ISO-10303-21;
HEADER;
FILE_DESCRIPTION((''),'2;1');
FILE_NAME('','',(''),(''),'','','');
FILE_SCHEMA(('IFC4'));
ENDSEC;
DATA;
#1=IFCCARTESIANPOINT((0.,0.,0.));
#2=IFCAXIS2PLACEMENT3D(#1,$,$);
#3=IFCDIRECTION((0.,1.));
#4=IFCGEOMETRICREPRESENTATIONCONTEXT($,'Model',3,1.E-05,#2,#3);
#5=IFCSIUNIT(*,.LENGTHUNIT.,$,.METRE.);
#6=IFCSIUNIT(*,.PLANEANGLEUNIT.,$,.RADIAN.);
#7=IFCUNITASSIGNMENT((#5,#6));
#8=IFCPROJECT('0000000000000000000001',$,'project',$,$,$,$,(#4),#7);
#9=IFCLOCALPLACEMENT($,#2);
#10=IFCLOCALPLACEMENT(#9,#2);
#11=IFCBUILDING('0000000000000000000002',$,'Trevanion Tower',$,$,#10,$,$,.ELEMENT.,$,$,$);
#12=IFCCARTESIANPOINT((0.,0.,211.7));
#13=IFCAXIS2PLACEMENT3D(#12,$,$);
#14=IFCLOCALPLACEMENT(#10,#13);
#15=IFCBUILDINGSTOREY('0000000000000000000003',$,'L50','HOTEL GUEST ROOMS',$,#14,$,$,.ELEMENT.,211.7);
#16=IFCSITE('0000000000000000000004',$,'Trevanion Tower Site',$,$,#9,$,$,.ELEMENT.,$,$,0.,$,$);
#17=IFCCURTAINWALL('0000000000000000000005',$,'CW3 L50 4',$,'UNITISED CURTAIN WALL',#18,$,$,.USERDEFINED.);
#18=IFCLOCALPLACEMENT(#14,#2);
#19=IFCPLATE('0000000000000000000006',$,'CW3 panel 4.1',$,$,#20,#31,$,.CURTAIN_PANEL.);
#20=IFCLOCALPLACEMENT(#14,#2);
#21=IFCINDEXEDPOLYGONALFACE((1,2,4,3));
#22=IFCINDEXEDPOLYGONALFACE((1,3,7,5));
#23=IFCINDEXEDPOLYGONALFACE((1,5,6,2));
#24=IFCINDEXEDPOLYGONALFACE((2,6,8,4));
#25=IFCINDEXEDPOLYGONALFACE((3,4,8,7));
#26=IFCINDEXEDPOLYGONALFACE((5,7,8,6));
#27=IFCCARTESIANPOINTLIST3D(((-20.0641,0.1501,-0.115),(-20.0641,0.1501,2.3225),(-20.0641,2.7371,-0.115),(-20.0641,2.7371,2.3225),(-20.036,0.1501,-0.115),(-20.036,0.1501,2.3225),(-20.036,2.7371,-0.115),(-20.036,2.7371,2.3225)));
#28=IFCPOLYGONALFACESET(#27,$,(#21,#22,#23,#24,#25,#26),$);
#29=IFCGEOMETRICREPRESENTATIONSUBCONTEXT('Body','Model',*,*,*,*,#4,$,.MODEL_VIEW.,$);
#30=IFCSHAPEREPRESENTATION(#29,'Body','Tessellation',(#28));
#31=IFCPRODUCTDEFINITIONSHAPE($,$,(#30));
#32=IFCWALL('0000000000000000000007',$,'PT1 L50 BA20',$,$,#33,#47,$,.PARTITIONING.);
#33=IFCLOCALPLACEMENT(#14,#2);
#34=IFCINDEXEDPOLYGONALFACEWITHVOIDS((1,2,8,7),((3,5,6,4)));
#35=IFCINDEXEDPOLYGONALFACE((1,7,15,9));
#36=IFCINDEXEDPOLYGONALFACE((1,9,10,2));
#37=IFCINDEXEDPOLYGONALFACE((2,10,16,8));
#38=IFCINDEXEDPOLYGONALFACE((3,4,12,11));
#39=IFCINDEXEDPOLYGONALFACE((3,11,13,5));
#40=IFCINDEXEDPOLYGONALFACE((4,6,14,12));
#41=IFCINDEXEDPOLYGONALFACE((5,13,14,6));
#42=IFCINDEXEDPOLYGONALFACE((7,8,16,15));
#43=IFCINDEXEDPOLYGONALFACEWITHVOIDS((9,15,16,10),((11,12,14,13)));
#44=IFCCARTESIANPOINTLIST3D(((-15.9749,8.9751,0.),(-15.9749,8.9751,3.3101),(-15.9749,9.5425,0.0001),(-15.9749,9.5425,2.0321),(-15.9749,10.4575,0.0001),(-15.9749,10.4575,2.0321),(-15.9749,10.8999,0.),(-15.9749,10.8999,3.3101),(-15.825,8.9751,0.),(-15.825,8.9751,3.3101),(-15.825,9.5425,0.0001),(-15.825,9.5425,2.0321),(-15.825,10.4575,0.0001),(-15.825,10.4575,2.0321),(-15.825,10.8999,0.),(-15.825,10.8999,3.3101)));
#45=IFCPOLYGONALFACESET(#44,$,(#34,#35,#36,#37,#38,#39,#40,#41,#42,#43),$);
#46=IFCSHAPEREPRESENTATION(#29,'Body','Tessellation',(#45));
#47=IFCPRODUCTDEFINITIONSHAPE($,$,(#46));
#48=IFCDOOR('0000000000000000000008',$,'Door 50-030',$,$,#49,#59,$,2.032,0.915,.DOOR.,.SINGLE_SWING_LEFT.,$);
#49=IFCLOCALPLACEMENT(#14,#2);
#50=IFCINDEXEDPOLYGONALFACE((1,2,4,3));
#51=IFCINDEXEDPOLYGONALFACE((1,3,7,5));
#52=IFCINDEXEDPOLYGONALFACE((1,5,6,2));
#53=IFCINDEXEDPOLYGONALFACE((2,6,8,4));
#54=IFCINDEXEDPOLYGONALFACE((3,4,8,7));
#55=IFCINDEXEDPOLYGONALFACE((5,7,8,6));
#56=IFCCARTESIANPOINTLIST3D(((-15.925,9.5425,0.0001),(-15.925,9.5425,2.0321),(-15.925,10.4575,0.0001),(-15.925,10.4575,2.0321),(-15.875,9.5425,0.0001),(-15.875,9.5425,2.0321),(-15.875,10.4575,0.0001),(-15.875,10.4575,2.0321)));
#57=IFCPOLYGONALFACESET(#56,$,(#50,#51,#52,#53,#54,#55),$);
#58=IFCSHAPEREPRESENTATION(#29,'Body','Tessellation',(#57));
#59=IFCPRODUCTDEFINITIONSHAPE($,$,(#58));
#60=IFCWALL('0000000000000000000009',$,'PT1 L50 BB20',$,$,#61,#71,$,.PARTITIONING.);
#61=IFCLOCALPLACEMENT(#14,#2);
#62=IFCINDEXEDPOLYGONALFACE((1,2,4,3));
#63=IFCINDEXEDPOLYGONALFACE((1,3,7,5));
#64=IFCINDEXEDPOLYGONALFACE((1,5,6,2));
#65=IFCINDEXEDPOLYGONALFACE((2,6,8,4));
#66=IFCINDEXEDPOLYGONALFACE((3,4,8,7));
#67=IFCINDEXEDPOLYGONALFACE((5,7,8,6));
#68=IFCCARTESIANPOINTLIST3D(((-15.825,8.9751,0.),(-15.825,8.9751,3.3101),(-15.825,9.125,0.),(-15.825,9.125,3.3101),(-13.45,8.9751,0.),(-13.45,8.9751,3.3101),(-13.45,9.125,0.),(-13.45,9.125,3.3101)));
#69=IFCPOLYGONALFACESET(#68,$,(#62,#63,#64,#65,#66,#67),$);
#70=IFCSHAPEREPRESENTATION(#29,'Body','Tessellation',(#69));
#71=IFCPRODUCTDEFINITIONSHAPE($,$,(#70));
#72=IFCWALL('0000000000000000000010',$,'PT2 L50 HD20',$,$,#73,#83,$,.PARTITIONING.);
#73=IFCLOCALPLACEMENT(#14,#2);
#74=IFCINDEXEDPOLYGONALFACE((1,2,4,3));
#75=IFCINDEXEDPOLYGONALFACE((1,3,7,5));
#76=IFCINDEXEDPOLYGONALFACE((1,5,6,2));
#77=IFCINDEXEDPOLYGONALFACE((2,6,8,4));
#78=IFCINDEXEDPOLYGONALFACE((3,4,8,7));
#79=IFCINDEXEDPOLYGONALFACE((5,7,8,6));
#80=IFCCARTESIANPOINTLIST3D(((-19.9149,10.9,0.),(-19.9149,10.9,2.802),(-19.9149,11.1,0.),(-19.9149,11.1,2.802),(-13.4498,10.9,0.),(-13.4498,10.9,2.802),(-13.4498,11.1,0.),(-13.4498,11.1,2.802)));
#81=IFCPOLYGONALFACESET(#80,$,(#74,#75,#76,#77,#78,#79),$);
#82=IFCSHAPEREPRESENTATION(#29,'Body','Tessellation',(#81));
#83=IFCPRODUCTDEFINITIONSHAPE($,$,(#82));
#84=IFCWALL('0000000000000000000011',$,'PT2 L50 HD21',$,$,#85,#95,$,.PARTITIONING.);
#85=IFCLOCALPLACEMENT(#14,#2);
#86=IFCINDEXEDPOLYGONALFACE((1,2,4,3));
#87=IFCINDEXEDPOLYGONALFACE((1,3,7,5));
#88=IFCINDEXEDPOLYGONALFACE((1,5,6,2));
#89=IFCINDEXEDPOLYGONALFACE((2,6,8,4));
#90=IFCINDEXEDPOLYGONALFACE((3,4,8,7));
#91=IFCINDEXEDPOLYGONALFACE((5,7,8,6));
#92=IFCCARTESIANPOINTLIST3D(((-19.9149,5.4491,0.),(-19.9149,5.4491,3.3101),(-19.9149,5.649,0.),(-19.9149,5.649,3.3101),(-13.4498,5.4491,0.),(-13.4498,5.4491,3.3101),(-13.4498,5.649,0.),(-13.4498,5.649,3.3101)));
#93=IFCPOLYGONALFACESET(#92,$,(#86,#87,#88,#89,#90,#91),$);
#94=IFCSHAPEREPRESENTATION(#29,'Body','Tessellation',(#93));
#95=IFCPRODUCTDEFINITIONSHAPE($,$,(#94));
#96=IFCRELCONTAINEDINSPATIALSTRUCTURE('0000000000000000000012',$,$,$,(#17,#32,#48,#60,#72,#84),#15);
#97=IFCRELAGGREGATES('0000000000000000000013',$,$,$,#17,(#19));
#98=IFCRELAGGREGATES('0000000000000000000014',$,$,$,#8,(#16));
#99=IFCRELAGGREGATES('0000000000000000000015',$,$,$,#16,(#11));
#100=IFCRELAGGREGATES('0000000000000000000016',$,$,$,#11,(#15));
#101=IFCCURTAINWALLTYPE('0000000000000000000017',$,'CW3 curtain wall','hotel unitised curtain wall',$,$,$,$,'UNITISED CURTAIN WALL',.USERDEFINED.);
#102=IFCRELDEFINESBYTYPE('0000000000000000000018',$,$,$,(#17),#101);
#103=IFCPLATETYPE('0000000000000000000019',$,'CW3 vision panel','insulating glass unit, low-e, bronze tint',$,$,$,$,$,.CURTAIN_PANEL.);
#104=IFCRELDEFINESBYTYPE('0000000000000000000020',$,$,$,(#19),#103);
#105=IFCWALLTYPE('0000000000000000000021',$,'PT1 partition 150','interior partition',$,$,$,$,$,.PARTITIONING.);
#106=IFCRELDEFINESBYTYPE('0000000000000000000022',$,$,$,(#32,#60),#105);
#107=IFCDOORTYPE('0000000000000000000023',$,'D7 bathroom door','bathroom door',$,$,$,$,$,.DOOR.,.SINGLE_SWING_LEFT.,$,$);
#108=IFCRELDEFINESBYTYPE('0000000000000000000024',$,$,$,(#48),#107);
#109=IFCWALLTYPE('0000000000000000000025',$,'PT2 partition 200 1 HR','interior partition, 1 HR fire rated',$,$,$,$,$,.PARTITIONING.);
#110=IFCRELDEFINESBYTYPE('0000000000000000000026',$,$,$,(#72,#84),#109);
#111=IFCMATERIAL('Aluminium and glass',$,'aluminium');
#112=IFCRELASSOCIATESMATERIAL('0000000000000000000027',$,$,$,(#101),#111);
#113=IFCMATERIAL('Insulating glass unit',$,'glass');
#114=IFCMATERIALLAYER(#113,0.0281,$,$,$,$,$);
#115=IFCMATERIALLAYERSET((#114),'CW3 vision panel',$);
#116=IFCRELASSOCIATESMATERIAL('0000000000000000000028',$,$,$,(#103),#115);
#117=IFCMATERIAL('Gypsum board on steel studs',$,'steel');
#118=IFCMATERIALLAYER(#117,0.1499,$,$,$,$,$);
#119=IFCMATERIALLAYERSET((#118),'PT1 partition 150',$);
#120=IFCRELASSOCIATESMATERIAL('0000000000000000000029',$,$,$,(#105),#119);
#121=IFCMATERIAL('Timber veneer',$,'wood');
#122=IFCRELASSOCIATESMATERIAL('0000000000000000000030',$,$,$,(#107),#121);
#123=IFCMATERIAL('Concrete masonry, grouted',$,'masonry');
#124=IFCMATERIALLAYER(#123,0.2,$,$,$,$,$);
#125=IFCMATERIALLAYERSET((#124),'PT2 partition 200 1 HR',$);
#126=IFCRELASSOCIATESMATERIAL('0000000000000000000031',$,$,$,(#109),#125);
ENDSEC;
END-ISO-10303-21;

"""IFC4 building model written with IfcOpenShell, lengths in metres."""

from ifc_helpers import new_model, si_unit, direction, frame, frame_2d, origin, origin_2d, place, context, subcontext, project, spatial, rectangle, extrude, material, layer, layer_set, type_object, element, fill, aggregate, save


model = new_model("IFC4")

# Units and contexts
model_context = context("Model", 3, precision=1e-05, world=origin(), true_north=direction((0.0, 1.0)))
body_context = subcontext(model_context, "Body", "Model", "MODEL_VIEW")
ifc_project = project(units=[si_unit("LENGTHUNIT", "METRE"), si_unit("PLANEANGLEUNIT", "RADIAN")], contexts=[model_context])

# Site, building, storey
site_placement = place(None, origin())
site = spatial("IfcSite", under=ifc_project, at=site_placement, Name="Trevanion Tower Site", CompositionType="ELEMENT", RefElevation=0.0)
building_placement = place(site_placement, origin())
building = spatial("IfcBuilding", under=site, at=building_placement, Name="Trevanion Tower", CompositionType="ELEMENT")
storey_placement = place(building_placement, frame((0.0, 0.0, 211.7)))
storey = spatial("IfcBuildingStorey", under=building, at=storey_placement, Name="L50", Description="HOTEL GUEST ROOMS", CompositionType="ELEMENT", Elevation=211.7)

# Curtain wall
ifc_material_1 = material(Name="Aluminium and glass", Category="aluminium")
curtain_wall_type = type_object("IfcCurtainWallType", Name="CW3 curtain wall", Description="hotel unitised curtain wall", ElementType="UNITISED CURTAIN WALL", PredefinedType="USERDEFINED", material=ifc_material_1)
curtain_wall_placement = place(storey_placement, origin())
curtain_wall = element("IfcCurtainWall", 1, at=curtain_wall_placement, inside=storey, type_object=curtain_wall_type, Name="CW3 L50 4", ObjectType="UNITISED CURTAIN WALL", PredefinedType="USERDEFINED")

# Plate
ifc_material_2 = material(Name="Insulating glass unit", Category="glass")
ifc_layer_1 = layer(ifc_material_2, 0.0281)
ifc_layer_set_1 = layer_set([ifc_layer_1], Name="CW3 vision panel")
plate_type_1 = type_object("IfcPlateType", Name="CW3 vision panel", Description="insulating glass unit, low-e, bronze tint", PredefinedType="CURTAIN_PANEL", material=ifc_layer_set_1)
plate_1_placement = place(storey_placement, frame((-20.05, 1.4436, -0.115), z_axis=(0.0, 0.0, 1.0), x_axis=(0.0, -1.0, 0.0)))
plate_1 = element("IfcPlate", 2, at=plate_1_placement, type_object=plate_type_1, Name="CW3 panel 4.1", PredefinedType="CURTAIN_PANEL", context=body_context, shape_type="SweptSolid", body=[
    extrude(rectangle(XDim=2.5869, YDim=0.0281, at=origin_2d()), origin(), (0.0, 0.0, 1.0), 2.4375),
])
aggregate(curtain_wall, [plate_1])

# Wall, opening, door
ifc_material_3 = material(Name="Gypsum board on steel studs", Category="steel")
ifc_layer_2 = layer(ifc_material_3, 0.1499)
ifc_layer_set_2 = layer_set([ifc_layer_2], Name="PT1 partition 150")
wall_type_1 = type_object("IfcWallType", Name="PT1 partition 150", Description="interior partition", PredefinedType="PARTITIONING", material=ifc_layer_set_2)
wall_1_placement = place(storey_placement, frame((-15.8999, 10.8999, 0.0), z_axis=(0.0, 0.0, 1.0), x_axis=(0.0, -1.0, 0.0)))
wall_1 = element("IfcWall", 3, at=wall_1_placement, inside=storey, type_object=wall_type_1, Name="PT1 L50 BA20", PredefinedType="PARTITIONING", context=body_context, shape_type="SweptSolid", body=[
    extrude(rectangle(XDim=1.9248, YDim=0.1499, at=frame_2d((0.9624, 0.0))), origin(), (0.0, 0.0, 1.0), 3.3101),
])
opening_placement = place(wall_1_placement, frame((0.4424, 0.0, 0.0)))
opening = element("IfcOpeningElement", 4, at=opening_placement, cuts=wall_1, PredefinedType="OPENING", context=body_context, shape_type="SweptSolid", body=[
    extrude(rectangle(XDim=0.915, YDim=2.032, at=frame_2d((0.4575, 1.0161))), frame((0.0, 0.085, 0.0), z_axis=(0.0, -1.0, 0.0), x_axis=(1.0, 0.0, 0.0)), (0.0, 0.0, 1.0), 0.1699),
])
ifc_material_4 = material(Name="Timber veneer", Category="wood")
door_type = type_object("IfcDoorType", Name="D7 bathroom door", Description="bathroom door", OperationType="SINGLE_SWING_LEFT", PredefinedType="DOOR", material=ifc_material_4)
door_placement = place(opening_placement, origin())
door = element("IfcDoor", 5, at=door_placement, inside=storey, type_object=door_type, Name="Door 50-030", OperationType="SINGLE_SWING_LEFT", OverallHeight=2.032, OverallWidth=0.915, PredefinedType="DOOR", context=body_context, shape_type="SweptSolid", body=[
    extrude(rectangle(XDim=0.915, YDim=2.032, at=frame_2d((0.4575, 1.0161))), frame((0.0, 0.0249, 0.0), z_axis=(0.0, -1.0, 0.0), x_axis=(1.0, 0.0, 0.0)), (0.0, 0.0, 1.0), 0.05),
])
fill(opening, door)

# Walls
wall_2_placement = place(storey_placement, frame((-13.45, 9.05, 0.0), z_axis=(0.0, 0.0, 1.0), x_axis=(-1.0, 0.0, 0.0)))
element("IfcWall", 6, at=wall_2_placement, inside=storey, type_object=wall_type_1, Name="PT1 L50 BB20", PredefinedType="PARTITIONING", context=body_context, shape_type="SweptSolid", body=[
    extrude(rectangle(XDim=2.375, YDim=0.1499, at=frame_2d((1.1875, 0.0))), origin(), (0.0, 0.0, 1.0), 3.3101),
])
ifc_material_5 = material(Name="Concrete masonry, grouted", Category="masonry")
ifc_layer_3 = layer(ifc_material_5, 0.2)
ifc_layer_set_3 = layer_set([ifc_layer_3], Name="PT2 partition 200 1 HR")
wall_type_2 = type_object("IfcWallType", Name="PT2 partition 200 1 HR", Description="interior partition, 1 HR fire rated", PredefinedType="PARTITIONING", material=ifc_layer_set_3)
wall_3_placement = place(storey_placement, frame((-13.45, 11.0, 0.0), z_axis=(0.0, 0.0, 1.0), x_axis=(-1.0, 0.0, 0.0)))
element("IfcWall", 7, at=wall_3_placement, inside=storey, type_object=wall_type_2, Name="PT2 L50 HD20", PredefinedType="PARTITIONING", context=body_context, shape_type="SweptSolid", body=[
    extrude(rectangle(XDim=6.4651, YDim=0.2, at=frame_2d((3.2324, 0.0))), origin(), (0.0, 0.0, 1.0), 2.802),
])
wall_4_placement = place(storey_placement, frame((-13.45, 5.5491, 0.0), z_axis=(0.0, 0.0, 1.0), x_axis=(-1.0, 0.0, 0.0)))
element("IfcWall", 8, at=wall_4_placement, inside=storey, type_object=wall_type_2, Name="PT2 L50 HD21", PredefinedType="PARTITIONING", context=body_context, shape_type="SweptSolid", body=[
    extrude(rectangle(XDim=6.4651, YDim=0.2, at=frame_2d((3.2324, 0.0))), origin(), (0.0, 0.0, 1.0), 3.3101),
])

save(model, "model.ifc")
